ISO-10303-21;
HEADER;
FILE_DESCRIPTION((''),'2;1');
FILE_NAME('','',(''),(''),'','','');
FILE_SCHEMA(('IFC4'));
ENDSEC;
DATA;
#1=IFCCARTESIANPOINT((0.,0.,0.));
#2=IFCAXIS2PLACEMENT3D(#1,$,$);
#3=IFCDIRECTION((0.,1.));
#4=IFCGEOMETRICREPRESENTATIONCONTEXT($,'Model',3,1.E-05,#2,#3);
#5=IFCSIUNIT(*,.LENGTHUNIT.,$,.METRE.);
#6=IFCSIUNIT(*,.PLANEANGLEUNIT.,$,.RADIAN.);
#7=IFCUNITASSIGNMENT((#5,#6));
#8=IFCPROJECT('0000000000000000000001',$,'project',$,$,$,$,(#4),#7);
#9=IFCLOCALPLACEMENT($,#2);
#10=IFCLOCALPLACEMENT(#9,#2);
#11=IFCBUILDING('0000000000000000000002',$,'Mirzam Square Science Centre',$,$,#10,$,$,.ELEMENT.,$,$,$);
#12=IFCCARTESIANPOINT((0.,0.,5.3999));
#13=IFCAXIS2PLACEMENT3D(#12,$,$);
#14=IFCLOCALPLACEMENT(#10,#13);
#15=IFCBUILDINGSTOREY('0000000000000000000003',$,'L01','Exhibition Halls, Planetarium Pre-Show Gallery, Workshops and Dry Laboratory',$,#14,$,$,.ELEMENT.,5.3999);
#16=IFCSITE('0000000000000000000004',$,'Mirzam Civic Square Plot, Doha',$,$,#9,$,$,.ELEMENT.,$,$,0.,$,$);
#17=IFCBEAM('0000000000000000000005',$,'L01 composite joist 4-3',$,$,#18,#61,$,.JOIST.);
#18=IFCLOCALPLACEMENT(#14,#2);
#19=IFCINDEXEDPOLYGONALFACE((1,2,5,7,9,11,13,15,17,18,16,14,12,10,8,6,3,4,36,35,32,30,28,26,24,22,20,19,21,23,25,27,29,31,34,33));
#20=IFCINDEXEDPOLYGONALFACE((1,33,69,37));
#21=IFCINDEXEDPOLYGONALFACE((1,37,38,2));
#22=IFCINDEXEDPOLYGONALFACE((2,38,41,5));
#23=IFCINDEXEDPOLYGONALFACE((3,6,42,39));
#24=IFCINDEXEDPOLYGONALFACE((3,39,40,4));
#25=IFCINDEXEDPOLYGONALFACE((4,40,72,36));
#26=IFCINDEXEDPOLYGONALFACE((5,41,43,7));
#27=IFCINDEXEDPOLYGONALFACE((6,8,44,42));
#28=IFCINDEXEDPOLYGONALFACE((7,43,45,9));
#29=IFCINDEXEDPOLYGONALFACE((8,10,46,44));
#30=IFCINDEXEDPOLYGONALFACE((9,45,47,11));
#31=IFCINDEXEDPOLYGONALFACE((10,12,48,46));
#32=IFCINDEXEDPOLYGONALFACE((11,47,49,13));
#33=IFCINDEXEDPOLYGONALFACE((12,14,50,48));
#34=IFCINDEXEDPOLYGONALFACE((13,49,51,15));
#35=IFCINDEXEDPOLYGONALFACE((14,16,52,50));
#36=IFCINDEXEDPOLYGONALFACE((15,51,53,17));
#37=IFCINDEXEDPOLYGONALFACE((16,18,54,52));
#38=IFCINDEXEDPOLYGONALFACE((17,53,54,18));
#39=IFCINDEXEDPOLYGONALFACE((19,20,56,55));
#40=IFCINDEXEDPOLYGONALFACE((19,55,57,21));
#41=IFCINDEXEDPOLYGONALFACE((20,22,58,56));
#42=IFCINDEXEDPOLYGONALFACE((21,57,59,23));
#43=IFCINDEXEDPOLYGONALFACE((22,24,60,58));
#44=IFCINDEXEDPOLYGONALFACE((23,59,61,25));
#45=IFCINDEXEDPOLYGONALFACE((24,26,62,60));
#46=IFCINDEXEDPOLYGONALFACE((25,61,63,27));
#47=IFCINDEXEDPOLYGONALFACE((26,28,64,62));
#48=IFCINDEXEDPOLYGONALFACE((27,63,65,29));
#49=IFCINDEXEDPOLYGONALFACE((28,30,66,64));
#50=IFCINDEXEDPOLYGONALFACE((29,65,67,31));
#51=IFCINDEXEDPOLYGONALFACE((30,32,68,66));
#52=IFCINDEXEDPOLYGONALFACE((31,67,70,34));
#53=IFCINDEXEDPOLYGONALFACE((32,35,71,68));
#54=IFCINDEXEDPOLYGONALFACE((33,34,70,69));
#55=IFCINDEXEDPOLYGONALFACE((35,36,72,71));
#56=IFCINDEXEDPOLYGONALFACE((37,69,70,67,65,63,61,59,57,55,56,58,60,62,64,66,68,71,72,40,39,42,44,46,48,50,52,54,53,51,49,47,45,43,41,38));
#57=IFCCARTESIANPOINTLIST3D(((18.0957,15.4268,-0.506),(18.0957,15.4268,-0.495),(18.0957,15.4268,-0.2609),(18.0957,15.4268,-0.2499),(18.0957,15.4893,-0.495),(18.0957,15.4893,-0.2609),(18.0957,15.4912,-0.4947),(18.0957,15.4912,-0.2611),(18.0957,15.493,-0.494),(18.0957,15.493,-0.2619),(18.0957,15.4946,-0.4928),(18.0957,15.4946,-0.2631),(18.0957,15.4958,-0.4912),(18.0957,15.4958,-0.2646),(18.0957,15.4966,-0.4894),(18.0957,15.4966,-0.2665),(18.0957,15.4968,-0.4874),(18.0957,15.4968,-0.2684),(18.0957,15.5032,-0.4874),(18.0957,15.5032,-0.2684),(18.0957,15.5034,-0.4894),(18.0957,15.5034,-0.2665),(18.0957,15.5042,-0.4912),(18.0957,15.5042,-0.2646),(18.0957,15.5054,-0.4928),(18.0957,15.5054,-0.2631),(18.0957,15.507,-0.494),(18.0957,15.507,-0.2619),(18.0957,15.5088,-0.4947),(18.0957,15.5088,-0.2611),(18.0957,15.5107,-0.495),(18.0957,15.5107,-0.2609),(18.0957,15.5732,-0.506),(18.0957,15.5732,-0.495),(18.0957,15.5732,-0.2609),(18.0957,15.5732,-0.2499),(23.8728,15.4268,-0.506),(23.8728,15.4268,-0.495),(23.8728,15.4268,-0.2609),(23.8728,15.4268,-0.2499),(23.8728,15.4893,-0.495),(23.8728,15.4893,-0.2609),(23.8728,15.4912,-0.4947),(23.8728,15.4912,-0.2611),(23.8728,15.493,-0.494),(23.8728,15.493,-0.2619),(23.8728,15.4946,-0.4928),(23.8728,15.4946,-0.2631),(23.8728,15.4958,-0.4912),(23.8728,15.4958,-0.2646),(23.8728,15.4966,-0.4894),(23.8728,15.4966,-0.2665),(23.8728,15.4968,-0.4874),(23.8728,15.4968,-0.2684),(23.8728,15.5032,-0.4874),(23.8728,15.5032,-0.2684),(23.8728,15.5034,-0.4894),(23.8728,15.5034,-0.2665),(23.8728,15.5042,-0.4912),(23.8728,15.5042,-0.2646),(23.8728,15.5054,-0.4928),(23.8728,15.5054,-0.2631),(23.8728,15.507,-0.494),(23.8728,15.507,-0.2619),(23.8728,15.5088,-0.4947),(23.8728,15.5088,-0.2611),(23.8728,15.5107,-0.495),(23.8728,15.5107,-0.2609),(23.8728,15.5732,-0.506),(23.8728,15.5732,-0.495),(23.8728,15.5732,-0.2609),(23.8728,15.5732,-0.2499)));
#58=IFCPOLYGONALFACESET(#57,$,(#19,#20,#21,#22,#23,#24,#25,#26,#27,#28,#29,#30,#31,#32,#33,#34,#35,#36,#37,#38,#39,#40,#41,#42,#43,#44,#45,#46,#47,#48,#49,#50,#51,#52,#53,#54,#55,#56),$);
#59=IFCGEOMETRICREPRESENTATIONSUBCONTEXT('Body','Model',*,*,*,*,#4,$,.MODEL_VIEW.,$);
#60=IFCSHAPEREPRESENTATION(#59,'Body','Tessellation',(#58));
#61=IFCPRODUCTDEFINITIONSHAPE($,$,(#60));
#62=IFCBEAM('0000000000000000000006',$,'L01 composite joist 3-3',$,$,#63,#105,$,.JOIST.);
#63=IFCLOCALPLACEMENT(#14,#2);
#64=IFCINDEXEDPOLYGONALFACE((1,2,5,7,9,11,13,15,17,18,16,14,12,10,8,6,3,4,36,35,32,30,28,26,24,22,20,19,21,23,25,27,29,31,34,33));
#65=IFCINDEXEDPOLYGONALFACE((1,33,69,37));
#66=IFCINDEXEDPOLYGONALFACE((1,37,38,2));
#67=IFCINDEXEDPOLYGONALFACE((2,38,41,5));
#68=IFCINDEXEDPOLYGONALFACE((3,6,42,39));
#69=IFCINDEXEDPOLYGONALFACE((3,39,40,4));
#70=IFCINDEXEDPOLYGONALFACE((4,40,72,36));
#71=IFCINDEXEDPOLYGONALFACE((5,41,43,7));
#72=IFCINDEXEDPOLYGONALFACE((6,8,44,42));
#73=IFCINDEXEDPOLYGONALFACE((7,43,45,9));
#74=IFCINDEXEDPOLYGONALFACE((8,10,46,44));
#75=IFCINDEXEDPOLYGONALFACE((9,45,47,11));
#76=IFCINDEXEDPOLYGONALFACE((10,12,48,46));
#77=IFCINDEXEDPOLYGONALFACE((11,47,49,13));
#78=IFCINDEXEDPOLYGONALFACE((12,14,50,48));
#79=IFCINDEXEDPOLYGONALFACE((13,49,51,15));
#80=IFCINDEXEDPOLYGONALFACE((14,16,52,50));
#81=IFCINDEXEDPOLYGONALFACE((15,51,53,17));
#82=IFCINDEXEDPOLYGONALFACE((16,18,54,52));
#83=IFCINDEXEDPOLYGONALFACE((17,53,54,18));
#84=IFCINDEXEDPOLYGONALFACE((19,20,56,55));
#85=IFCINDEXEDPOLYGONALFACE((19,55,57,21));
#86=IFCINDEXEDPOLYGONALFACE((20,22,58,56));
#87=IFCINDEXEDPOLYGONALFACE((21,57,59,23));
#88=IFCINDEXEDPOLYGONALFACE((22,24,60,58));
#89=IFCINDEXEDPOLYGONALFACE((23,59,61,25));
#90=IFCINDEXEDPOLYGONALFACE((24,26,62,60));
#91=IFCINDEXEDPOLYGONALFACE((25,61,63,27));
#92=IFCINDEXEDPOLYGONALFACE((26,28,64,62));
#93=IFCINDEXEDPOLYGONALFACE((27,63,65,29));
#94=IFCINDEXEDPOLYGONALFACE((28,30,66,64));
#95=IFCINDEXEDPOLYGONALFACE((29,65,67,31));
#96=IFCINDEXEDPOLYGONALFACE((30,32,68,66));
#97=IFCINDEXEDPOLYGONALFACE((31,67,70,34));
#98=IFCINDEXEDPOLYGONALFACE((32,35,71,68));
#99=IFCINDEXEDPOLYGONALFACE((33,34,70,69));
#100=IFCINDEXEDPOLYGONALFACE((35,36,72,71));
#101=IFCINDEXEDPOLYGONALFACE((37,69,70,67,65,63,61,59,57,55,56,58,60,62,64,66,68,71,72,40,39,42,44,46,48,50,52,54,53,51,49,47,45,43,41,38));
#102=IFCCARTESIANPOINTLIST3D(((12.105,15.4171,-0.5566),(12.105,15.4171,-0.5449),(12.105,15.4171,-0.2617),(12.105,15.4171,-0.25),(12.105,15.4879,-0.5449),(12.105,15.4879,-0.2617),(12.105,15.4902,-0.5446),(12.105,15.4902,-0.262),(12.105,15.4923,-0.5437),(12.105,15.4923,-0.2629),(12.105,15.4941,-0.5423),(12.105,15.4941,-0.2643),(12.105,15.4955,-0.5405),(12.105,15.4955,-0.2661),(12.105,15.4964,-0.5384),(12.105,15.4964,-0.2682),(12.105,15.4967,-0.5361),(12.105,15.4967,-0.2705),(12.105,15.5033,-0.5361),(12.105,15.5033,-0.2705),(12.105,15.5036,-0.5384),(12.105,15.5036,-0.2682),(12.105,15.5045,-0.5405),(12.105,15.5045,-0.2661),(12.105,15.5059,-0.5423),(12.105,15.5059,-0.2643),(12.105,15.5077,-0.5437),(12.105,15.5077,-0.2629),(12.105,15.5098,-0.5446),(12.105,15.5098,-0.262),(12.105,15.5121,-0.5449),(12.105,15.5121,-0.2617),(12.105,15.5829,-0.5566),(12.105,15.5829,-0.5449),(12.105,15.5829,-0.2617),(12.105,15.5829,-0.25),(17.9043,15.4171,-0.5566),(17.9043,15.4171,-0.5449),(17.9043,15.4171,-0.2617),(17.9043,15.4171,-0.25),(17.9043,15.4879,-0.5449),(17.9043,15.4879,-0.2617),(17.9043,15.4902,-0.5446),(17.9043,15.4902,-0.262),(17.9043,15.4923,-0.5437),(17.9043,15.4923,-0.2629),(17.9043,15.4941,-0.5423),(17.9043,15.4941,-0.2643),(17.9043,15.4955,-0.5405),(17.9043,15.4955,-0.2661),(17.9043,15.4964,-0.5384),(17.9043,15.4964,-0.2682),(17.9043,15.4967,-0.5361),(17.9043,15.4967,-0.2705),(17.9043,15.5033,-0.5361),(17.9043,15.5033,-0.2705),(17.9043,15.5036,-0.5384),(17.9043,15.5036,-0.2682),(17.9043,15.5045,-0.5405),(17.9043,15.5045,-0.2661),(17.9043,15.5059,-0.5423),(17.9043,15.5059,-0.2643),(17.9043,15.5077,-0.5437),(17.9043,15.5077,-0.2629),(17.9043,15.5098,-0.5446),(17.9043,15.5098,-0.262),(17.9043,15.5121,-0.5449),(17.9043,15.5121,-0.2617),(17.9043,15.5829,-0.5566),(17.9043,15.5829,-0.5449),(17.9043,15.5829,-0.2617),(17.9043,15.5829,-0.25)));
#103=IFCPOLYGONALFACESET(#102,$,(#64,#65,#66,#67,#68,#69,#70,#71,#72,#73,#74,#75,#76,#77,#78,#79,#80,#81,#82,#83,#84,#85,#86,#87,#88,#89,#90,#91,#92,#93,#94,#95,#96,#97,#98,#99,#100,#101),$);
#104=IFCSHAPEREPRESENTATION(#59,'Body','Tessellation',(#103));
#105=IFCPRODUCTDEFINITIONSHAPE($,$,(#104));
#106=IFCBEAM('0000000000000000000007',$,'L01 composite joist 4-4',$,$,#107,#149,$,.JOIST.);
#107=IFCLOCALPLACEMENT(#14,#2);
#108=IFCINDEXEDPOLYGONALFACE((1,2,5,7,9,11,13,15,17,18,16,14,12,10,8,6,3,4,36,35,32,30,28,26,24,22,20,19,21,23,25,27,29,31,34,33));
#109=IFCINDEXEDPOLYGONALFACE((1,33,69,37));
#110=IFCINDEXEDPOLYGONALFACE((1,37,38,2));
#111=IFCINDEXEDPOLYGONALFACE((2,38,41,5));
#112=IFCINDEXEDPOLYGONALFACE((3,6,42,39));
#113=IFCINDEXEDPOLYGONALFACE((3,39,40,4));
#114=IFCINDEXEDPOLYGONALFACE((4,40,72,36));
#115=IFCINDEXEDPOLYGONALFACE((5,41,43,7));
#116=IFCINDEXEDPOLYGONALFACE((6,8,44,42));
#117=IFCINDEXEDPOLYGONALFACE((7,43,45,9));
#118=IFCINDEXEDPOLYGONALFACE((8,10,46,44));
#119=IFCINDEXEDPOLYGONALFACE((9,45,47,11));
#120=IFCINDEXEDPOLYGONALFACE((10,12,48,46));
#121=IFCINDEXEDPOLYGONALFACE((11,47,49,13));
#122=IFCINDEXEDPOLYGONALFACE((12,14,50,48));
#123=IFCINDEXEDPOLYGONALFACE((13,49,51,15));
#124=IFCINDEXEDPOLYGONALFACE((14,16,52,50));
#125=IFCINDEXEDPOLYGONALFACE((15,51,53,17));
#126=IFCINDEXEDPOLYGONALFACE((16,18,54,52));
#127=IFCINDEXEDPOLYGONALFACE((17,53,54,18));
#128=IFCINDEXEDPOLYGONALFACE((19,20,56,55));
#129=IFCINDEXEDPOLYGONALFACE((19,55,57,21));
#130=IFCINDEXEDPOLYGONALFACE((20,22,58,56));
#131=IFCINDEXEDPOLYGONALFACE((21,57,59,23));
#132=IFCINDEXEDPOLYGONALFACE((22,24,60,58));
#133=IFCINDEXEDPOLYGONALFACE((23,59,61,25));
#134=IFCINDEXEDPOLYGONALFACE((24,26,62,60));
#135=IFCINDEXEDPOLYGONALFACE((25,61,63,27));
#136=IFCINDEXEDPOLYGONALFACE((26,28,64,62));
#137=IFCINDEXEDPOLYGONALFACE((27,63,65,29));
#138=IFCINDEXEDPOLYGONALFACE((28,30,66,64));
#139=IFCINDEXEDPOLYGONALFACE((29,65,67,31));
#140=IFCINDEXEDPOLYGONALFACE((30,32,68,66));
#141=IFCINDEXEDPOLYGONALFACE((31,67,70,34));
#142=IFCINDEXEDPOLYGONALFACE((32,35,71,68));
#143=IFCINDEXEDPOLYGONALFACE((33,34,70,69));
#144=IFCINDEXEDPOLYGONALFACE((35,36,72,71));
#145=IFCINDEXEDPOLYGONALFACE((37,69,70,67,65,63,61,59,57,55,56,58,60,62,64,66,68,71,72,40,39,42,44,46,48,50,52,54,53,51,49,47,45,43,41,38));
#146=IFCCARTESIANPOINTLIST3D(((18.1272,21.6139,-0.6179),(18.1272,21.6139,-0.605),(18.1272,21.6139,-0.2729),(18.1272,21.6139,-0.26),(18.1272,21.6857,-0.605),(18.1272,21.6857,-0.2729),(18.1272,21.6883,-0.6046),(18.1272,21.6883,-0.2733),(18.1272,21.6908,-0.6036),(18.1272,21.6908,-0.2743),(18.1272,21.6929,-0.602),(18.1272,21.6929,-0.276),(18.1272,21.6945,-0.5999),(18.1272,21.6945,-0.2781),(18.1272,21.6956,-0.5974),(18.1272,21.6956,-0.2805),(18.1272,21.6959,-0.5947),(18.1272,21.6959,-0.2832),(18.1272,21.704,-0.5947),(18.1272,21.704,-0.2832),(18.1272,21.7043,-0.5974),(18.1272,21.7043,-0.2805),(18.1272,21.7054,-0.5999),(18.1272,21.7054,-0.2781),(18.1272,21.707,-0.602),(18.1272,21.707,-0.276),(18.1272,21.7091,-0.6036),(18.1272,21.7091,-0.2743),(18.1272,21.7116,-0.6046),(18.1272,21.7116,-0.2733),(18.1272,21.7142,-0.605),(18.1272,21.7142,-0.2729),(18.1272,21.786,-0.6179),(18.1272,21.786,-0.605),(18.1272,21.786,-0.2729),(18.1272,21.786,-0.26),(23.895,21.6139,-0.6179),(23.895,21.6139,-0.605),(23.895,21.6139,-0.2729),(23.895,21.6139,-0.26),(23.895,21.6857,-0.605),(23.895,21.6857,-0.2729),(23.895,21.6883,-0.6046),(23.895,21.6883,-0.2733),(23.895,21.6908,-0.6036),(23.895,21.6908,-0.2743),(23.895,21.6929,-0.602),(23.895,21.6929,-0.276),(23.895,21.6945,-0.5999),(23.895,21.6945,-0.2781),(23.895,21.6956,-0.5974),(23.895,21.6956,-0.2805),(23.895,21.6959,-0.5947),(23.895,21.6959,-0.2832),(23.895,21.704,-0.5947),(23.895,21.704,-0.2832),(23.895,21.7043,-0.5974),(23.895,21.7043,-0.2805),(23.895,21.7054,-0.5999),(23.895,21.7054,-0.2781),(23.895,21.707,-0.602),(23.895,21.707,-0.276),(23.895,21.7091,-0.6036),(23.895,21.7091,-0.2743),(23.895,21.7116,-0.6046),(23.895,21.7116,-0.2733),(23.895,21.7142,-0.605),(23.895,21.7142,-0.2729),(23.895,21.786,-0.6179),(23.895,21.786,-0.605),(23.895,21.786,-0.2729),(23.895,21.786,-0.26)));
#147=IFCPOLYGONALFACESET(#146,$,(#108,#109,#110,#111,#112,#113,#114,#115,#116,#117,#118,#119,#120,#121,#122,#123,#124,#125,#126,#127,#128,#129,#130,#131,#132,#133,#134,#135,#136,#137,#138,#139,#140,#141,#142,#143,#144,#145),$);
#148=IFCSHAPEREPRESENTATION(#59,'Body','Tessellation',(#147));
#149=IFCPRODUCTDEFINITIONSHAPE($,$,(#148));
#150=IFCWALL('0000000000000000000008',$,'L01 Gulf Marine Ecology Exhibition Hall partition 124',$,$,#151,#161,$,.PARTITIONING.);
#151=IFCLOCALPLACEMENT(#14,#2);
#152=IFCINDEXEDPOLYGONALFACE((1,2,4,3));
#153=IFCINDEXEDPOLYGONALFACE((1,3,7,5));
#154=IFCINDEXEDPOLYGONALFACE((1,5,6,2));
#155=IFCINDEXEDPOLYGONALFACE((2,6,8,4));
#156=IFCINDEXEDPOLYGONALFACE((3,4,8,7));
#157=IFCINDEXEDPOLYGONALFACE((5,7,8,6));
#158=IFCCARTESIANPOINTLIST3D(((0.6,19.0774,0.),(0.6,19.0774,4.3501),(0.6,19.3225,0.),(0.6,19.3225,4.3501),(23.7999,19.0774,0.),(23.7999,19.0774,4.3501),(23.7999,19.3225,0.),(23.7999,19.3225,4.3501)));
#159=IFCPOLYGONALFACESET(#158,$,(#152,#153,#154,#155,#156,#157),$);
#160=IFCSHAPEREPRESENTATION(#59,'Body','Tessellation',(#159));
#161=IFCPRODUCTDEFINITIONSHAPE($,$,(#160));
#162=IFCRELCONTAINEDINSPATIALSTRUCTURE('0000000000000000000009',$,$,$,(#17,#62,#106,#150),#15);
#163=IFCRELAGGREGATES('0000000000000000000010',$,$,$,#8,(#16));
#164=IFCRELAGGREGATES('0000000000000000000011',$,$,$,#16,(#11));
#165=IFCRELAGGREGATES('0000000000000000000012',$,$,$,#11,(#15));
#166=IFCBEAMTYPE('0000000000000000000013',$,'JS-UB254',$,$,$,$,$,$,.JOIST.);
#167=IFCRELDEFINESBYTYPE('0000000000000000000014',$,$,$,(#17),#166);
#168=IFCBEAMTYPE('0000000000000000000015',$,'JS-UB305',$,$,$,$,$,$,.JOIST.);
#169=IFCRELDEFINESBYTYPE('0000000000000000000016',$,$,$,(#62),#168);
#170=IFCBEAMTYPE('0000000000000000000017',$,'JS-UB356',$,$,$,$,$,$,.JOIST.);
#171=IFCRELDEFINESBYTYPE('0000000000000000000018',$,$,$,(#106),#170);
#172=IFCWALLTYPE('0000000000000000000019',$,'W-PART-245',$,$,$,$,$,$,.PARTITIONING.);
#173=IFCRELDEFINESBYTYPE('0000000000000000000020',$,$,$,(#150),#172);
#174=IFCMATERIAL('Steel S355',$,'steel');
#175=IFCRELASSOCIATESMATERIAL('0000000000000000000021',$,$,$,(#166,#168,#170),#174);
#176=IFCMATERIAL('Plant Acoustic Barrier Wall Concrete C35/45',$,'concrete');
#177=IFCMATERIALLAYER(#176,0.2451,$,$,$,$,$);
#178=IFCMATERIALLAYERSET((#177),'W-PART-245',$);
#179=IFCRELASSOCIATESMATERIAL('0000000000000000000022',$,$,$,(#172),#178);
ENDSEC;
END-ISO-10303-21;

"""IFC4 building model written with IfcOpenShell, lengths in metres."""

from ifc_helpers import new_model, si_unit, direction, frame, frame_2d, origin, origin_2d, place, context, subcontext, project, spatial, rectangle, i_section, extrude, material, layer, layer_set, material_profile, profile_set, type_object, element, save


model = new_model("IFC4")

# Units and contexts
model_context = context("Model", 3, precision=1e-05, world=origin(), true_north=direction((0.0, 1.0)))
body_context = subcontext(model_context, "Body", "Model", "MODEL_VIEW")
ifc_project = project(units=[si_unit("LENGTHUNIT", "METRE"), si_unit("PLANEANGLEUNIT", "RADIAN")], contexts=[model_context])

# Site, building, storey
site_placement = place(None, origin())
site = spatial("IfcSite", under=ifc_project, at=site_placement, Name="Mirzam Civic Square Plot, Doha", CompositionType="ELEMENT", RefElevation=0.0)
building_placement = place(site_placement, origin())
building = spatial("IfcBuilding", under=site, at=building_placement, Name="Mirzam Square Science Centre", CompositionType="ELEMENT")
storey_placement = place(building_placement, frame((0.0, 0.0, 5.3999)))
storey = spatial("IfcBuildingStorey", under=building, at=storey_placement, Name="L01", Description="Exhibition Halls, Planetarium Pre-Show Gallery, Workshops and Dry Laboratory", CompositionType="ELEMENT", Elevation=5.3999)

# Shared definitions
ifc_material_1 = material(Name="Steel S355", Category="steel")

# Beams
ifc_material_profile_1 = material_profile(ifc_material_1, i_section(OverallWidth=0.1465, OverallDepth=0.2561, WebThickness=0.0063, FlangeThickness=0.011, FilletRadius=0.0076, at=origin_2d()), Name="254x146x37UB")
ifc_profile_set_1 = profile_set([ifc_material_profile_1], Name="Steel S355")
beam_type_1 = type_object("IfcBeamType", Name="JS-UB254", PredefinedType="JOIST", material=ifc_profile_set_1)
for number, where, z_axis, x_axis, name in (
    (1, (18.0957, 15.5, -0.3779), (1.0, 0.0, 0.0), (0.0, 1.0, 0.0), "L01 composite joist 4-3"),
):
    element("IfcBeam", number, at=place(storey_placement, frame(where, z_axis=z_axis, x_axis=x_axis)), inside=storey, type_object=beam_type_1, Name=name, PredefinedType="JOIST", context=body_context, shape_type="SweptSolid", body=[
        extrude(i_section(OverallWidth=0.1465, OverallDepth=0.2561, WebThickness=0.0063, FlangeThickness=0.011, FilletRadius=0.0076, at=origin_2d()), origin(), (0.0, 0.0, 1.0), 5.7771),
    ])
ifc_material_profile_2 = material_profile(ifc_material_1, i_section(OverallWidth=0.1658, OverallDepth=0.3066, WebThickness=0.0066, FlangeThickness=0.0117, FilletRadius=0.0088, at=origin_2d()), Name="305x165x46UB")
ifc_profile_set_2 = profile_set([ifc_material_profile_2], Name="Steel S355")
beam_type_2 = type_object("IfcBeamType", Name="JS-UB305", PredefinedType="JOIST", material=ifc_profile_set_2)
beam_1_placement = place(storey_placement, frame((12.105, 15.5, -0.4033), z_axis=(1.0, 0.0, 0.0), x_axis=(0.0, 1.0, 0.0)))
element("IfcBeam", 2, at=beam_1_placement, inside=storey, type_object=beam_type_2, Name="L01 composite joist 3-3", PredefinedType="JOIST", context=body_context, shape_type="SweptSolid", body=[
    extrude(i_section(OverallWidth=0.1658, OverallDepth=0.3066, WebThickness=0.0066, FlangeThickness=0.0117, FilletRadius=0.0088, at=origin_2d()), origin(), (0.0, 0.0, 1.0), 5.7993),
])
ifc_material_profile_3 = material_profile(ifc_material_1, i_section(OverallWidth=0.1721, OverallDepth=0.3579, WebThickness=0.0081, FlangeThickness=0.0129, FilletRadius=0.0103, at=origin_2d()), Name="356x171x57UB")
ifc_profile_set_3 = profile_set([ifc_material_profile_3], Name="Steel S355")
beam_type_3 = type_object("IfcBeamType", Name="JS-UB356", PredefinedType="JOIST", material=ifc_profile_set_3)
beam_2_placement = place(storey_placement, frame((18.1272, 21.7, -0.439), z_axis=(1.0, 0.0, 0.0), x_axis=(0.0, 1.0, 0.0)))
element("IfcBeam", 3, at=beam_2_placement, inside=storey, type_object=beam_type_3, Name="L01 composite joist 4-4", PredefinedType="JOIST", context=body_context, shape_type="SweptSolid", body=[
    extrude(i_section(OverallWidth=0.1721, OverallDepth=0.3579, WebThickness=0.0081, FlangeThickness=0.0129, FilletRadius=0.0103, at=origin_2d()), origin(), (0.0, 0.0, 1.0), 5.7678),
])

# Wall
ifc_material_2 = material(Name="Plant Acoustic Barrier Wall Concrete C35/45", Category="concrete")
ifc_layer = layer(ifc_material_2, 0.2451)
ifc_layer_set = layer_set([ifc_layer], Name="W-PART-245")
wall_type = type_object("IfcWallType", Name="W-PART-245", PredefinedType="PARTITIONING", material=ifc_layer_set)
wall_placement = place(storey_placement, frame((23.8, 19.2, 0.0), z_axis=(0.0, 0.0, 1.0), x_axis=(-1.0, 0.0, 0.0)))
element("IfcWall", 4, at=wall_placement, inside=storey, type_object=wall_type, Name="L01 Gulf Marine Ecology Exhibition Hall partition 124", PredefinedType="PARTITIONING", context=body_context, shape_type="SweptSolid", body=[
    extrude(rectangle(XDim=23.2, YDim=0.2451, at=frame_2d((11.6001, 0.0))), origin(), (0.0, 0.0, 1.0), 4.3501),
])

save(model, "model.ifc")
